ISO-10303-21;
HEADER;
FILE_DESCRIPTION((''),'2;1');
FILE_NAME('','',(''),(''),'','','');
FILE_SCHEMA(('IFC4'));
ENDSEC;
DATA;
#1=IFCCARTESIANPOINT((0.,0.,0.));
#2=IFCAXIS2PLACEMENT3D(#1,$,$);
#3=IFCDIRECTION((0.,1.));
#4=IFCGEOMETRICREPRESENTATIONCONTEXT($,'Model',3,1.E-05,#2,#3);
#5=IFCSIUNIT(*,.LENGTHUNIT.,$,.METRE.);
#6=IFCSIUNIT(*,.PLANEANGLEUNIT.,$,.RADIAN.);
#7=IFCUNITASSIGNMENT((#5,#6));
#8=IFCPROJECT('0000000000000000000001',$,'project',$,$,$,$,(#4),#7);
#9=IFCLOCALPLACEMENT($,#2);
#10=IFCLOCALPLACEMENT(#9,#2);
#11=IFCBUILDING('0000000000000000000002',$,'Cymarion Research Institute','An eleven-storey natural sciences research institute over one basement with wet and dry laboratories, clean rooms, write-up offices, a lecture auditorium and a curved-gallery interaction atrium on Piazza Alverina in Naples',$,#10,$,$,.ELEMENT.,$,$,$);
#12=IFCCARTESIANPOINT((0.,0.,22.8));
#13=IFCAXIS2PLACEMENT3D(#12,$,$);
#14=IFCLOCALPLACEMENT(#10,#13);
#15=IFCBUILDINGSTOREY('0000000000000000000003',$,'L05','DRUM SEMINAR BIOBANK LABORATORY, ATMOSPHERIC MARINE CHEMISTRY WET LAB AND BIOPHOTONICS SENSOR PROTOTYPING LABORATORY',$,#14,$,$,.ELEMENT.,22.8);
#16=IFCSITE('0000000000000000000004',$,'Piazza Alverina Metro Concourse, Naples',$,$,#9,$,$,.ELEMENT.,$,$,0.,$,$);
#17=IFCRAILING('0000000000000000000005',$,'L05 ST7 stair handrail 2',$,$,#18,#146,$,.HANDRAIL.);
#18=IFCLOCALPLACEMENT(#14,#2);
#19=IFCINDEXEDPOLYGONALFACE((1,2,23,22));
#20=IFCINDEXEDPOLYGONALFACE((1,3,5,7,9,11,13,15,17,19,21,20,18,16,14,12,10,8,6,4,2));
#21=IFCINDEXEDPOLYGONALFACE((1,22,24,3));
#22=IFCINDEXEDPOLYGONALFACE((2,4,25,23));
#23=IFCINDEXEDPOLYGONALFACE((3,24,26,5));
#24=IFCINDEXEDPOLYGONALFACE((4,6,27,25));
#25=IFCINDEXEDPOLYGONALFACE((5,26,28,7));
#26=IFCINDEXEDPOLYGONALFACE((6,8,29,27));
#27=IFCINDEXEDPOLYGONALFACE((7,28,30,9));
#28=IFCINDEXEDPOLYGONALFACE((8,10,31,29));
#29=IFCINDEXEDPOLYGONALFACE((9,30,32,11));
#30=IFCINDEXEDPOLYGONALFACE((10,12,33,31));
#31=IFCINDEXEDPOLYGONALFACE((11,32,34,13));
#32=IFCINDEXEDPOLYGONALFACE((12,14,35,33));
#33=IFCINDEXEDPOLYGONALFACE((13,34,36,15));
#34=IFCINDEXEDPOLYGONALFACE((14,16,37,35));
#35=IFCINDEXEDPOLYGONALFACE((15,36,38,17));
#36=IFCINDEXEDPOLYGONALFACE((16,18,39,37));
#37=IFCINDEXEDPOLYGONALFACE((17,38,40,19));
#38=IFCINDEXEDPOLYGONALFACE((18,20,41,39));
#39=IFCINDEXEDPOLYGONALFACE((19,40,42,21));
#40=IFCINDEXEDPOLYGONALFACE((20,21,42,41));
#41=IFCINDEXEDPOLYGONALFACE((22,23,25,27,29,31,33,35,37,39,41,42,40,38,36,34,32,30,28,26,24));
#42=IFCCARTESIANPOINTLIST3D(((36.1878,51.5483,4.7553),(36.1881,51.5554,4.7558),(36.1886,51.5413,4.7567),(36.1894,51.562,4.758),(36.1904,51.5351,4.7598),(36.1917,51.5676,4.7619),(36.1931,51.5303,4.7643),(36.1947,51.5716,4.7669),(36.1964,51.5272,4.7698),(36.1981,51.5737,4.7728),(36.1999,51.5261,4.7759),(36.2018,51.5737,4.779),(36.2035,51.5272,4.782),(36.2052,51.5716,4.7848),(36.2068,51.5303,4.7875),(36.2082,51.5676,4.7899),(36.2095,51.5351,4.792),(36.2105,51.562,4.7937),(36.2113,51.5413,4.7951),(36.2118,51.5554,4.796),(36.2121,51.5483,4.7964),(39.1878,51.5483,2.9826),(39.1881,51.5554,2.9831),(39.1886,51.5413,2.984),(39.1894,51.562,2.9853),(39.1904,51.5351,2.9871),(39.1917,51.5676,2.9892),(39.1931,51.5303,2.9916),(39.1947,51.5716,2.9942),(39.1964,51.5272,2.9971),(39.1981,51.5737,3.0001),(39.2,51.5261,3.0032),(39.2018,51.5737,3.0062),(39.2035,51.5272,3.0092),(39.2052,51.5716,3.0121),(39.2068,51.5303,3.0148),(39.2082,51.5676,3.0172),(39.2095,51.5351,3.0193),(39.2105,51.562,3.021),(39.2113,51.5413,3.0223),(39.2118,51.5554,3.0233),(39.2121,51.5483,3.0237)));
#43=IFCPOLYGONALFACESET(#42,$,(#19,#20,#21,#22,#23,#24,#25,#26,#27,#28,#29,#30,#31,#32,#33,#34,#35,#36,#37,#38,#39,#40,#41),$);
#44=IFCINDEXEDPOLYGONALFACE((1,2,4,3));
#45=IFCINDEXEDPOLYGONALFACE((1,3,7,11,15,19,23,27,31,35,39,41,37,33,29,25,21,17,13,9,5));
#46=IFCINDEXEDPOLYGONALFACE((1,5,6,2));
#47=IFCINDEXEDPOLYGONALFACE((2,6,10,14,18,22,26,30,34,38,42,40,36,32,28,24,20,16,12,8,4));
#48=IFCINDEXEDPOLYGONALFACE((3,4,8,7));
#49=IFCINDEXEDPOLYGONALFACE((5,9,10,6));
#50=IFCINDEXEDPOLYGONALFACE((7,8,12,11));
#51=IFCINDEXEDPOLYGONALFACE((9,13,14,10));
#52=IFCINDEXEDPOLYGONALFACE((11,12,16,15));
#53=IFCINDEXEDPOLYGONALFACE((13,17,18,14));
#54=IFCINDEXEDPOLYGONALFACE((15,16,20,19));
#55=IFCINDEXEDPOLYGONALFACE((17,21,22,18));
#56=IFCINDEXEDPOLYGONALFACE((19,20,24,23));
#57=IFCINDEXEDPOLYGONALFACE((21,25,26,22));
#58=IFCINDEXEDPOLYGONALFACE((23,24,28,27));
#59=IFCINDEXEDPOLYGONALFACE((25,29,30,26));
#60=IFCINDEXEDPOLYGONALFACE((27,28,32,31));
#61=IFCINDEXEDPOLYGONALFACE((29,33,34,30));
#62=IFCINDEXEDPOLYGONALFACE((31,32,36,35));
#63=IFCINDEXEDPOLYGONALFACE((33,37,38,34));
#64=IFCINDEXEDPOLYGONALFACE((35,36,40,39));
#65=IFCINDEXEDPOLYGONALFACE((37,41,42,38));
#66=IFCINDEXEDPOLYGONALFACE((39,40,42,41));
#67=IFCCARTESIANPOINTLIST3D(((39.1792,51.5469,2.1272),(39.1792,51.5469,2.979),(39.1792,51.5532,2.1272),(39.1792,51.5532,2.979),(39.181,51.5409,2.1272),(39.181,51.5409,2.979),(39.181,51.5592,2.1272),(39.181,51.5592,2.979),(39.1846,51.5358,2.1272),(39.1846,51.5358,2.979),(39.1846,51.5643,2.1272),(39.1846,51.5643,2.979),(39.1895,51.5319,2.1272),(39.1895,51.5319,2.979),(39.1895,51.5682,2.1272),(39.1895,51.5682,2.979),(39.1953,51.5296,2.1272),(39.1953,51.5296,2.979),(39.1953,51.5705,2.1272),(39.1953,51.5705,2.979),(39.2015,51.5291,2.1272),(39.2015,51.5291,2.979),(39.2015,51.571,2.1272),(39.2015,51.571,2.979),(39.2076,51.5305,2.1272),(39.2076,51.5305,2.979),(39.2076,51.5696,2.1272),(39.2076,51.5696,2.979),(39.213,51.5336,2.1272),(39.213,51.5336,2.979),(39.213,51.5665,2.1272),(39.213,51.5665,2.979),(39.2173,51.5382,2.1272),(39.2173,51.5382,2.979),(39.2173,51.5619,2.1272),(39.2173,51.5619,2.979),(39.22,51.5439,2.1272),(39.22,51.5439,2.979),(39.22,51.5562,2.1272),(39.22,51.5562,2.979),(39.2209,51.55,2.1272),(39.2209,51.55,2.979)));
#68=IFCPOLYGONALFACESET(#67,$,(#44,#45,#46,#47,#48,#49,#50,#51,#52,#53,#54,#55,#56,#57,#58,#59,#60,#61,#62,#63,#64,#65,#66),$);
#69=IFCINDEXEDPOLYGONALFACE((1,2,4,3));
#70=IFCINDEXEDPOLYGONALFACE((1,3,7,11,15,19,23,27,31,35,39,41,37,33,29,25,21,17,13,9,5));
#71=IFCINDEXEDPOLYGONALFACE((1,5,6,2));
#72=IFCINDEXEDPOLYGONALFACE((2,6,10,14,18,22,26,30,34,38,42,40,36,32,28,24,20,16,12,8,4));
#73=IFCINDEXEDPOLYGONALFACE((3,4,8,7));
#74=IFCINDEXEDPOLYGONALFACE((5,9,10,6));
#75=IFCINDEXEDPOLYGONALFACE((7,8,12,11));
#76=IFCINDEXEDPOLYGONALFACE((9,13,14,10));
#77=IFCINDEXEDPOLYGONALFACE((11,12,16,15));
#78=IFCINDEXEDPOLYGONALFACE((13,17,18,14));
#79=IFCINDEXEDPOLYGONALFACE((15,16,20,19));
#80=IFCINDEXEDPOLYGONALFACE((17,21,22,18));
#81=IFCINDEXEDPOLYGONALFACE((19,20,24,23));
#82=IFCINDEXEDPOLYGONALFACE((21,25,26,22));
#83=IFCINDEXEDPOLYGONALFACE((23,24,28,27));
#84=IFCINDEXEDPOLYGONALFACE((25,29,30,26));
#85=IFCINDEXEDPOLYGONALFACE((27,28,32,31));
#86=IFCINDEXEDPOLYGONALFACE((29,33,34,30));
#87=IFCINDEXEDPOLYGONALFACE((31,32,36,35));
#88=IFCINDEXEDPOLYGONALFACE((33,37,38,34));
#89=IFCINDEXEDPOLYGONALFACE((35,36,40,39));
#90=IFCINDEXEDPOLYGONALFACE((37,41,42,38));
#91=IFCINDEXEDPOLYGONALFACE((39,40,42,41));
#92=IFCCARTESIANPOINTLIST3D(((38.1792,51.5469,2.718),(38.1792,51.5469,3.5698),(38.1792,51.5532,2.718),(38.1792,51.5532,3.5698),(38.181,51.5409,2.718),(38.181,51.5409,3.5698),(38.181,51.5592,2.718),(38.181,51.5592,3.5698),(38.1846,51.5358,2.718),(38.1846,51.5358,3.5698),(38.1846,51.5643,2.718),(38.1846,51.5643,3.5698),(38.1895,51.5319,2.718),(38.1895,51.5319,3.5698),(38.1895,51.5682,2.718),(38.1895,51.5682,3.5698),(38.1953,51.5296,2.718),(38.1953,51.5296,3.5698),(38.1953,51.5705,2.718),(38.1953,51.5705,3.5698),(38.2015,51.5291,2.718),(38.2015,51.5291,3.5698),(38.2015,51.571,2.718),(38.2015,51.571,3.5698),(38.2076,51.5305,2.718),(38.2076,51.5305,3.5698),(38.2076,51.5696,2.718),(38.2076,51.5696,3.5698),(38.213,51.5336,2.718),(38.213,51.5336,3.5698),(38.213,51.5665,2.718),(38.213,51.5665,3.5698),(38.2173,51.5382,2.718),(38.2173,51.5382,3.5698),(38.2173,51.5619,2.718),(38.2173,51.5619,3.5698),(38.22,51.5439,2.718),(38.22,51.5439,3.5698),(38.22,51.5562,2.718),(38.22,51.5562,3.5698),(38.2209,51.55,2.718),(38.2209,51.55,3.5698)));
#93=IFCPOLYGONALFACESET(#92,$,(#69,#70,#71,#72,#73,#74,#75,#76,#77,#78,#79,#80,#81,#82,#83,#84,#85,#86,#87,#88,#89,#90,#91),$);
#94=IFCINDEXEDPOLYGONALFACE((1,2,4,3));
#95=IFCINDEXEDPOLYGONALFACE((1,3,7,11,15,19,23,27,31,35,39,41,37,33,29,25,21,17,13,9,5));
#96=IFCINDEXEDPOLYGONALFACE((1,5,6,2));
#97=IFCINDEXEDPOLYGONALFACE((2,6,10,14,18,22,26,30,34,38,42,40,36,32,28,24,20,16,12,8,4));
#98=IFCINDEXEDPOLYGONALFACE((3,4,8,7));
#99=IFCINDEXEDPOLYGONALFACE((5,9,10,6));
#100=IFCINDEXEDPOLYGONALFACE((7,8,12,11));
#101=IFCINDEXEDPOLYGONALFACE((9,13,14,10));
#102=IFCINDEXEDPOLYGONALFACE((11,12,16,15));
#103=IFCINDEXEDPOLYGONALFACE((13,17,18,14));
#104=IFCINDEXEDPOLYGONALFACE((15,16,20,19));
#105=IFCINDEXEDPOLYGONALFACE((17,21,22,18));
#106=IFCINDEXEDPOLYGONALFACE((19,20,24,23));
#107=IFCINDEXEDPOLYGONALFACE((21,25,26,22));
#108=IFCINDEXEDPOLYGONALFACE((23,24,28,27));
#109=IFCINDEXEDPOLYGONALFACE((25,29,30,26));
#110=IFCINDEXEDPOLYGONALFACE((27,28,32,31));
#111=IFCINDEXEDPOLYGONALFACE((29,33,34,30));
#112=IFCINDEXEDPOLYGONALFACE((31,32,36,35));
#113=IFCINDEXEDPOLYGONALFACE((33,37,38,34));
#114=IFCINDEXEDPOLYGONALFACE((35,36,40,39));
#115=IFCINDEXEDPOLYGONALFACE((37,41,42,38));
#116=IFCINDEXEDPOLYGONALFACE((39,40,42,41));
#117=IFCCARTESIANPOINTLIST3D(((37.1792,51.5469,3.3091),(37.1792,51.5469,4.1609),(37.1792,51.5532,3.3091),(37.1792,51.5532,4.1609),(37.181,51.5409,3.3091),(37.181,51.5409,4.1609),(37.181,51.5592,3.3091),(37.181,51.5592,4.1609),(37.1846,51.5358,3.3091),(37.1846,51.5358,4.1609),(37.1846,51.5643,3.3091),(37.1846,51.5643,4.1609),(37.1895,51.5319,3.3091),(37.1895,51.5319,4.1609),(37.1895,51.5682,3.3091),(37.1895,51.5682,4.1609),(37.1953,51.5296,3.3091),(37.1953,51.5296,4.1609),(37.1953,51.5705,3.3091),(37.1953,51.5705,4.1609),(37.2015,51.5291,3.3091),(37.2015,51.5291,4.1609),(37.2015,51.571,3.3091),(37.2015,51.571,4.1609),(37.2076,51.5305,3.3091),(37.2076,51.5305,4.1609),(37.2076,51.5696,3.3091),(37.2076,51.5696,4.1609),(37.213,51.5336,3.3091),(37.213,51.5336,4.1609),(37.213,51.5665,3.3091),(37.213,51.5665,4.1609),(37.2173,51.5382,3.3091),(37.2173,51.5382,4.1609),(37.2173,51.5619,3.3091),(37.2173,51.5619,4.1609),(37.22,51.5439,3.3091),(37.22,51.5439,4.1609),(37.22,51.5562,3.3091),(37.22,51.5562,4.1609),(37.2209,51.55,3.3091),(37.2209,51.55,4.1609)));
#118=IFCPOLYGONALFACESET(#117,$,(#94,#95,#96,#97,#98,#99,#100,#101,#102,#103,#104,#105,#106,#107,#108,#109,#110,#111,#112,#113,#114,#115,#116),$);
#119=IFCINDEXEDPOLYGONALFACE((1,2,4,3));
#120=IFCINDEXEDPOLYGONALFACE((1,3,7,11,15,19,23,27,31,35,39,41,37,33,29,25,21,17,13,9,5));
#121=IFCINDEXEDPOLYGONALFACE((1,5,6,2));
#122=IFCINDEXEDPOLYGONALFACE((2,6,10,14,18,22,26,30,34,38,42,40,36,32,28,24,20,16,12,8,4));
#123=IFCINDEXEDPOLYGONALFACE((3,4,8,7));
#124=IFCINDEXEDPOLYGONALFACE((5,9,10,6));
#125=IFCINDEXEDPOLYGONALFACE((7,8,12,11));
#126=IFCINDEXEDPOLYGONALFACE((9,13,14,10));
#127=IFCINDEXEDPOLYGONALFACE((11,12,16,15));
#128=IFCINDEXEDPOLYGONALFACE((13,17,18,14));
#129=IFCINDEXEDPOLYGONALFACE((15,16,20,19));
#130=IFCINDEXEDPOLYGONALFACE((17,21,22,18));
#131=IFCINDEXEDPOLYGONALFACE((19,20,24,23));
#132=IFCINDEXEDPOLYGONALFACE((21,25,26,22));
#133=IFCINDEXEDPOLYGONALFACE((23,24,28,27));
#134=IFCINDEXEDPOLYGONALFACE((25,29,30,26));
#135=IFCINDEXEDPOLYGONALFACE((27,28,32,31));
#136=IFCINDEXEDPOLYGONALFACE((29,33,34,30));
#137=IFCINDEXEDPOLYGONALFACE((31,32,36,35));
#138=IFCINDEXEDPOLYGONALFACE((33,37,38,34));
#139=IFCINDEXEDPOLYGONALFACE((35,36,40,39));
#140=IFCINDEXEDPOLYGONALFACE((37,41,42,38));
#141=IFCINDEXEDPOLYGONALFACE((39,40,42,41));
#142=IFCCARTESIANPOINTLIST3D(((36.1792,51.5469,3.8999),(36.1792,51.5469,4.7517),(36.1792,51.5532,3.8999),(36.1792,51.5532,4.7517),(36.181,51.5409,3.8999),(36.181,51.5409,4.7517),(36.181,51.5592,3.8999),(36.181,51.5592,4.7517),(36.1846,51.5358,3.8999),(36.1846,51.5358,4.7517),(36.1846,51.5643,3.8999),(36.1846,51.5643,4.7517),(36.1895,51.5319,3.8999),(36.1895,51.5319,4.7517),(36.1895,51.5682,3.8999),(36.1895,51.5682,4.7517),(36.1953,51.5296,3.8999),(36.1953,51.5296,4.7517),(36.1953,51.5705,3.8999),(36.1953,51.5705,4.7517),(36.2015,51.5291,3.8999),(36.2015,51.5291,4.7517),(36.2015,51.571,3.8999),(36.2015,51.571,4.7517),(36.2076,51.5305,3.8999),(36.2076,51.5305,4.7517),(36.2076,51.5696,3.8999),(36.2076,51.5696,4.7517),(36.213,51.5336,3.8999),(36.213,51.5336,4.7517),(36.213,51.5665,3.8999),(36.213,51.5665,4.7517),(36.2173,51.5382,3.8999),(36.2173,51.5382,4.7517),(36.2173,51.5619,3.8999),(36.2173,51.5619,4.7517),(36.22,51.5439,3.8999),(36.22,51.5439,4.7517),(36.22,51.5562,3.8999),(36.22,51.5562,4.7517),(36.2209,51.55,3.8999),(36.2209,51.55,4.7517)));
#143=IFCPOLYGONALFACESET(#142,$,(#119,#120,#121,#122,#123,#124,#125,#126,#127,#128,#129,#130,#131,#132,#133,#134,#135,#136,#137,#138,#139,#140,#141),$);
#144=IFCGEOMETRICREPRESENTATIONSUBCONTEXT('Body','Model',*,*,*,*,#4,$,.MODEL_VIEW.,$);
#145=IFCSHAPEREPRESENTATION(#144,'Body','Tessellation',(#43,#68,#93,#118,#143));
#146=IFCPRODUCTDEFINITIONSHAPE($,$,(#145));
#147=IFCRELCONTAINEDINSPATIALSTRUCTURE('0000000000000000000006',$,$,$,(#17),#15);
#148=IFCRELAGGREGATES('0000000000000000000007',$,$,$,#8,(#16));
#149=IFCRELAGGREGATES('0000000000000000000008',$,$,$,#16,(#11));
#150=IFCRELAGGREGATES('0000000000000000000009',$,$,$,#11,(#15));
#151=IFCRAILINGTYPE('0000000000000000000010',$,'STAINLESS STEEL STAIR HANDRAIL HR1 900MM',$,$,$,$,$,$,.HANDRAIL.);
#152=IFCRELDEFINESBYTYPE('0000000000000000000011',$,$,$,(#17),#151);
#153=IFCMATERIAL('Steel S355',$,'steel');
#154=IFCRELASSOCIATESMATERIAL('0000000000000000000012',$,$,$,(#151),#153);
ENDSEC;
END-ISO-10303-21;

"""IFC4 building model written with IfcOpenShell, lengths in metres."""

from ifc_helpers import new_model, si_unit, direction, frame, origin, origin_2d, place, context, subcontext, project, spatial, circle, extrude, material, type_object, element, save


model = new_model("IFC4")

# Units and contexts
model_context = context("Model", 3, precision=1e-05, world=origin(), true_north=direction((0.0, 1.0)))
body_context = subcontext(model_context, "Body", "Model", "MODEL_VIEW")
ifc_project = project(units=[si_unit("LENGTHUNIT", "METRE"), si_unit("PLANEANGLEUNIT", "RADIAN")], contexts=[model_context])

# Site, building, storey
site_placement = place(None, origin())
site = spatial("IfcSite", under=ifc_project, at=site_placement, Name="Piazza Alverina Metro Concourse, Naples", CompositionType="ELEMENT", RefElevation=0.0)
building_placement = place(site_placement, origin())
building = spatial("IfcBuilding", under=site, at=building_placement, Name="Cymarion Research Institute", Description="An eleven-storey natural sciences research institute over one basement with wet and dry laboratories, clean rooms, write-up offices, a lecture auditorium and a curved-gallery interaction atrium on Piazza Alverina in Naples", CompositionType="ELEMENT")
storey_placement = place(building_placement, frame((0.0, 0.0, 22.8)))
storey = spatial("IfcBuildingStorey", under=building, at=storey_placement, Name="L05", Description="DRUM SEMINAR BIOBANK LABORATORY, ATMOSPHERIC MARINE CHEMISTRY WET LAB AND BIOPHOTONICS SENSOR PROTOTYPING LABORATORY", CompositionType="ELEMENT", Elevation=22.8)

# Shared definitions
ifc_material_1 = material(Name="Steel S355", Category="steel")

# Railing
railing_type_1 = type_object("IfcRailingType", Name="STAINLESS STEEL STAIR HANDRAIL HR1 900MM", PredefinedType="HANDRAIL", material=ifc_material_1)
railing_1_placement = place(storey_placement, frame((39.2, 51.55, 2.1272)))
element("IfcRailing", 1, at=railing_1_placement, inside=storey, type_object=railing_type_1, Name="L05 ST7 stair handrail 2", PredefinedType="HANDRAIL", context=body_context, shape_type="SweptSolid", body=[
    extrude(circle(Radius=0.0239, at=origin_2d()), frame((0.0, 0.0, 0.876), z_axis=(-0.860929, 0.0, 0.508725), x_axis=(0.0, -1.0, 0.0)), (0.0, 0.0, 1.0), 3.4846),
    extrude(circle(Radius=0.021, at=origin_2d()), origin(), (0.0, 0.0, 1.0), 0.8518),
    extrude(circle(Radius=0.021, at=origin_2d()), frame((-1.0, 0.0, 0.5908)), (0.0, 0.0, 1.0), 0.8518),
    extrude(circle(Radius=0.021, at=origin_2d()), frame((-2.0, 0.0, 1.1819)), (0.0, 0.0, 1.0), 0.8518),
    extrude(circle(Radius=0.021, at=origin_2d()), frame((-3.0, 0.0, 1.7727)), (0.0, 0.0, 1.0), 0.8518),
])

save(model, "model.ifc")
